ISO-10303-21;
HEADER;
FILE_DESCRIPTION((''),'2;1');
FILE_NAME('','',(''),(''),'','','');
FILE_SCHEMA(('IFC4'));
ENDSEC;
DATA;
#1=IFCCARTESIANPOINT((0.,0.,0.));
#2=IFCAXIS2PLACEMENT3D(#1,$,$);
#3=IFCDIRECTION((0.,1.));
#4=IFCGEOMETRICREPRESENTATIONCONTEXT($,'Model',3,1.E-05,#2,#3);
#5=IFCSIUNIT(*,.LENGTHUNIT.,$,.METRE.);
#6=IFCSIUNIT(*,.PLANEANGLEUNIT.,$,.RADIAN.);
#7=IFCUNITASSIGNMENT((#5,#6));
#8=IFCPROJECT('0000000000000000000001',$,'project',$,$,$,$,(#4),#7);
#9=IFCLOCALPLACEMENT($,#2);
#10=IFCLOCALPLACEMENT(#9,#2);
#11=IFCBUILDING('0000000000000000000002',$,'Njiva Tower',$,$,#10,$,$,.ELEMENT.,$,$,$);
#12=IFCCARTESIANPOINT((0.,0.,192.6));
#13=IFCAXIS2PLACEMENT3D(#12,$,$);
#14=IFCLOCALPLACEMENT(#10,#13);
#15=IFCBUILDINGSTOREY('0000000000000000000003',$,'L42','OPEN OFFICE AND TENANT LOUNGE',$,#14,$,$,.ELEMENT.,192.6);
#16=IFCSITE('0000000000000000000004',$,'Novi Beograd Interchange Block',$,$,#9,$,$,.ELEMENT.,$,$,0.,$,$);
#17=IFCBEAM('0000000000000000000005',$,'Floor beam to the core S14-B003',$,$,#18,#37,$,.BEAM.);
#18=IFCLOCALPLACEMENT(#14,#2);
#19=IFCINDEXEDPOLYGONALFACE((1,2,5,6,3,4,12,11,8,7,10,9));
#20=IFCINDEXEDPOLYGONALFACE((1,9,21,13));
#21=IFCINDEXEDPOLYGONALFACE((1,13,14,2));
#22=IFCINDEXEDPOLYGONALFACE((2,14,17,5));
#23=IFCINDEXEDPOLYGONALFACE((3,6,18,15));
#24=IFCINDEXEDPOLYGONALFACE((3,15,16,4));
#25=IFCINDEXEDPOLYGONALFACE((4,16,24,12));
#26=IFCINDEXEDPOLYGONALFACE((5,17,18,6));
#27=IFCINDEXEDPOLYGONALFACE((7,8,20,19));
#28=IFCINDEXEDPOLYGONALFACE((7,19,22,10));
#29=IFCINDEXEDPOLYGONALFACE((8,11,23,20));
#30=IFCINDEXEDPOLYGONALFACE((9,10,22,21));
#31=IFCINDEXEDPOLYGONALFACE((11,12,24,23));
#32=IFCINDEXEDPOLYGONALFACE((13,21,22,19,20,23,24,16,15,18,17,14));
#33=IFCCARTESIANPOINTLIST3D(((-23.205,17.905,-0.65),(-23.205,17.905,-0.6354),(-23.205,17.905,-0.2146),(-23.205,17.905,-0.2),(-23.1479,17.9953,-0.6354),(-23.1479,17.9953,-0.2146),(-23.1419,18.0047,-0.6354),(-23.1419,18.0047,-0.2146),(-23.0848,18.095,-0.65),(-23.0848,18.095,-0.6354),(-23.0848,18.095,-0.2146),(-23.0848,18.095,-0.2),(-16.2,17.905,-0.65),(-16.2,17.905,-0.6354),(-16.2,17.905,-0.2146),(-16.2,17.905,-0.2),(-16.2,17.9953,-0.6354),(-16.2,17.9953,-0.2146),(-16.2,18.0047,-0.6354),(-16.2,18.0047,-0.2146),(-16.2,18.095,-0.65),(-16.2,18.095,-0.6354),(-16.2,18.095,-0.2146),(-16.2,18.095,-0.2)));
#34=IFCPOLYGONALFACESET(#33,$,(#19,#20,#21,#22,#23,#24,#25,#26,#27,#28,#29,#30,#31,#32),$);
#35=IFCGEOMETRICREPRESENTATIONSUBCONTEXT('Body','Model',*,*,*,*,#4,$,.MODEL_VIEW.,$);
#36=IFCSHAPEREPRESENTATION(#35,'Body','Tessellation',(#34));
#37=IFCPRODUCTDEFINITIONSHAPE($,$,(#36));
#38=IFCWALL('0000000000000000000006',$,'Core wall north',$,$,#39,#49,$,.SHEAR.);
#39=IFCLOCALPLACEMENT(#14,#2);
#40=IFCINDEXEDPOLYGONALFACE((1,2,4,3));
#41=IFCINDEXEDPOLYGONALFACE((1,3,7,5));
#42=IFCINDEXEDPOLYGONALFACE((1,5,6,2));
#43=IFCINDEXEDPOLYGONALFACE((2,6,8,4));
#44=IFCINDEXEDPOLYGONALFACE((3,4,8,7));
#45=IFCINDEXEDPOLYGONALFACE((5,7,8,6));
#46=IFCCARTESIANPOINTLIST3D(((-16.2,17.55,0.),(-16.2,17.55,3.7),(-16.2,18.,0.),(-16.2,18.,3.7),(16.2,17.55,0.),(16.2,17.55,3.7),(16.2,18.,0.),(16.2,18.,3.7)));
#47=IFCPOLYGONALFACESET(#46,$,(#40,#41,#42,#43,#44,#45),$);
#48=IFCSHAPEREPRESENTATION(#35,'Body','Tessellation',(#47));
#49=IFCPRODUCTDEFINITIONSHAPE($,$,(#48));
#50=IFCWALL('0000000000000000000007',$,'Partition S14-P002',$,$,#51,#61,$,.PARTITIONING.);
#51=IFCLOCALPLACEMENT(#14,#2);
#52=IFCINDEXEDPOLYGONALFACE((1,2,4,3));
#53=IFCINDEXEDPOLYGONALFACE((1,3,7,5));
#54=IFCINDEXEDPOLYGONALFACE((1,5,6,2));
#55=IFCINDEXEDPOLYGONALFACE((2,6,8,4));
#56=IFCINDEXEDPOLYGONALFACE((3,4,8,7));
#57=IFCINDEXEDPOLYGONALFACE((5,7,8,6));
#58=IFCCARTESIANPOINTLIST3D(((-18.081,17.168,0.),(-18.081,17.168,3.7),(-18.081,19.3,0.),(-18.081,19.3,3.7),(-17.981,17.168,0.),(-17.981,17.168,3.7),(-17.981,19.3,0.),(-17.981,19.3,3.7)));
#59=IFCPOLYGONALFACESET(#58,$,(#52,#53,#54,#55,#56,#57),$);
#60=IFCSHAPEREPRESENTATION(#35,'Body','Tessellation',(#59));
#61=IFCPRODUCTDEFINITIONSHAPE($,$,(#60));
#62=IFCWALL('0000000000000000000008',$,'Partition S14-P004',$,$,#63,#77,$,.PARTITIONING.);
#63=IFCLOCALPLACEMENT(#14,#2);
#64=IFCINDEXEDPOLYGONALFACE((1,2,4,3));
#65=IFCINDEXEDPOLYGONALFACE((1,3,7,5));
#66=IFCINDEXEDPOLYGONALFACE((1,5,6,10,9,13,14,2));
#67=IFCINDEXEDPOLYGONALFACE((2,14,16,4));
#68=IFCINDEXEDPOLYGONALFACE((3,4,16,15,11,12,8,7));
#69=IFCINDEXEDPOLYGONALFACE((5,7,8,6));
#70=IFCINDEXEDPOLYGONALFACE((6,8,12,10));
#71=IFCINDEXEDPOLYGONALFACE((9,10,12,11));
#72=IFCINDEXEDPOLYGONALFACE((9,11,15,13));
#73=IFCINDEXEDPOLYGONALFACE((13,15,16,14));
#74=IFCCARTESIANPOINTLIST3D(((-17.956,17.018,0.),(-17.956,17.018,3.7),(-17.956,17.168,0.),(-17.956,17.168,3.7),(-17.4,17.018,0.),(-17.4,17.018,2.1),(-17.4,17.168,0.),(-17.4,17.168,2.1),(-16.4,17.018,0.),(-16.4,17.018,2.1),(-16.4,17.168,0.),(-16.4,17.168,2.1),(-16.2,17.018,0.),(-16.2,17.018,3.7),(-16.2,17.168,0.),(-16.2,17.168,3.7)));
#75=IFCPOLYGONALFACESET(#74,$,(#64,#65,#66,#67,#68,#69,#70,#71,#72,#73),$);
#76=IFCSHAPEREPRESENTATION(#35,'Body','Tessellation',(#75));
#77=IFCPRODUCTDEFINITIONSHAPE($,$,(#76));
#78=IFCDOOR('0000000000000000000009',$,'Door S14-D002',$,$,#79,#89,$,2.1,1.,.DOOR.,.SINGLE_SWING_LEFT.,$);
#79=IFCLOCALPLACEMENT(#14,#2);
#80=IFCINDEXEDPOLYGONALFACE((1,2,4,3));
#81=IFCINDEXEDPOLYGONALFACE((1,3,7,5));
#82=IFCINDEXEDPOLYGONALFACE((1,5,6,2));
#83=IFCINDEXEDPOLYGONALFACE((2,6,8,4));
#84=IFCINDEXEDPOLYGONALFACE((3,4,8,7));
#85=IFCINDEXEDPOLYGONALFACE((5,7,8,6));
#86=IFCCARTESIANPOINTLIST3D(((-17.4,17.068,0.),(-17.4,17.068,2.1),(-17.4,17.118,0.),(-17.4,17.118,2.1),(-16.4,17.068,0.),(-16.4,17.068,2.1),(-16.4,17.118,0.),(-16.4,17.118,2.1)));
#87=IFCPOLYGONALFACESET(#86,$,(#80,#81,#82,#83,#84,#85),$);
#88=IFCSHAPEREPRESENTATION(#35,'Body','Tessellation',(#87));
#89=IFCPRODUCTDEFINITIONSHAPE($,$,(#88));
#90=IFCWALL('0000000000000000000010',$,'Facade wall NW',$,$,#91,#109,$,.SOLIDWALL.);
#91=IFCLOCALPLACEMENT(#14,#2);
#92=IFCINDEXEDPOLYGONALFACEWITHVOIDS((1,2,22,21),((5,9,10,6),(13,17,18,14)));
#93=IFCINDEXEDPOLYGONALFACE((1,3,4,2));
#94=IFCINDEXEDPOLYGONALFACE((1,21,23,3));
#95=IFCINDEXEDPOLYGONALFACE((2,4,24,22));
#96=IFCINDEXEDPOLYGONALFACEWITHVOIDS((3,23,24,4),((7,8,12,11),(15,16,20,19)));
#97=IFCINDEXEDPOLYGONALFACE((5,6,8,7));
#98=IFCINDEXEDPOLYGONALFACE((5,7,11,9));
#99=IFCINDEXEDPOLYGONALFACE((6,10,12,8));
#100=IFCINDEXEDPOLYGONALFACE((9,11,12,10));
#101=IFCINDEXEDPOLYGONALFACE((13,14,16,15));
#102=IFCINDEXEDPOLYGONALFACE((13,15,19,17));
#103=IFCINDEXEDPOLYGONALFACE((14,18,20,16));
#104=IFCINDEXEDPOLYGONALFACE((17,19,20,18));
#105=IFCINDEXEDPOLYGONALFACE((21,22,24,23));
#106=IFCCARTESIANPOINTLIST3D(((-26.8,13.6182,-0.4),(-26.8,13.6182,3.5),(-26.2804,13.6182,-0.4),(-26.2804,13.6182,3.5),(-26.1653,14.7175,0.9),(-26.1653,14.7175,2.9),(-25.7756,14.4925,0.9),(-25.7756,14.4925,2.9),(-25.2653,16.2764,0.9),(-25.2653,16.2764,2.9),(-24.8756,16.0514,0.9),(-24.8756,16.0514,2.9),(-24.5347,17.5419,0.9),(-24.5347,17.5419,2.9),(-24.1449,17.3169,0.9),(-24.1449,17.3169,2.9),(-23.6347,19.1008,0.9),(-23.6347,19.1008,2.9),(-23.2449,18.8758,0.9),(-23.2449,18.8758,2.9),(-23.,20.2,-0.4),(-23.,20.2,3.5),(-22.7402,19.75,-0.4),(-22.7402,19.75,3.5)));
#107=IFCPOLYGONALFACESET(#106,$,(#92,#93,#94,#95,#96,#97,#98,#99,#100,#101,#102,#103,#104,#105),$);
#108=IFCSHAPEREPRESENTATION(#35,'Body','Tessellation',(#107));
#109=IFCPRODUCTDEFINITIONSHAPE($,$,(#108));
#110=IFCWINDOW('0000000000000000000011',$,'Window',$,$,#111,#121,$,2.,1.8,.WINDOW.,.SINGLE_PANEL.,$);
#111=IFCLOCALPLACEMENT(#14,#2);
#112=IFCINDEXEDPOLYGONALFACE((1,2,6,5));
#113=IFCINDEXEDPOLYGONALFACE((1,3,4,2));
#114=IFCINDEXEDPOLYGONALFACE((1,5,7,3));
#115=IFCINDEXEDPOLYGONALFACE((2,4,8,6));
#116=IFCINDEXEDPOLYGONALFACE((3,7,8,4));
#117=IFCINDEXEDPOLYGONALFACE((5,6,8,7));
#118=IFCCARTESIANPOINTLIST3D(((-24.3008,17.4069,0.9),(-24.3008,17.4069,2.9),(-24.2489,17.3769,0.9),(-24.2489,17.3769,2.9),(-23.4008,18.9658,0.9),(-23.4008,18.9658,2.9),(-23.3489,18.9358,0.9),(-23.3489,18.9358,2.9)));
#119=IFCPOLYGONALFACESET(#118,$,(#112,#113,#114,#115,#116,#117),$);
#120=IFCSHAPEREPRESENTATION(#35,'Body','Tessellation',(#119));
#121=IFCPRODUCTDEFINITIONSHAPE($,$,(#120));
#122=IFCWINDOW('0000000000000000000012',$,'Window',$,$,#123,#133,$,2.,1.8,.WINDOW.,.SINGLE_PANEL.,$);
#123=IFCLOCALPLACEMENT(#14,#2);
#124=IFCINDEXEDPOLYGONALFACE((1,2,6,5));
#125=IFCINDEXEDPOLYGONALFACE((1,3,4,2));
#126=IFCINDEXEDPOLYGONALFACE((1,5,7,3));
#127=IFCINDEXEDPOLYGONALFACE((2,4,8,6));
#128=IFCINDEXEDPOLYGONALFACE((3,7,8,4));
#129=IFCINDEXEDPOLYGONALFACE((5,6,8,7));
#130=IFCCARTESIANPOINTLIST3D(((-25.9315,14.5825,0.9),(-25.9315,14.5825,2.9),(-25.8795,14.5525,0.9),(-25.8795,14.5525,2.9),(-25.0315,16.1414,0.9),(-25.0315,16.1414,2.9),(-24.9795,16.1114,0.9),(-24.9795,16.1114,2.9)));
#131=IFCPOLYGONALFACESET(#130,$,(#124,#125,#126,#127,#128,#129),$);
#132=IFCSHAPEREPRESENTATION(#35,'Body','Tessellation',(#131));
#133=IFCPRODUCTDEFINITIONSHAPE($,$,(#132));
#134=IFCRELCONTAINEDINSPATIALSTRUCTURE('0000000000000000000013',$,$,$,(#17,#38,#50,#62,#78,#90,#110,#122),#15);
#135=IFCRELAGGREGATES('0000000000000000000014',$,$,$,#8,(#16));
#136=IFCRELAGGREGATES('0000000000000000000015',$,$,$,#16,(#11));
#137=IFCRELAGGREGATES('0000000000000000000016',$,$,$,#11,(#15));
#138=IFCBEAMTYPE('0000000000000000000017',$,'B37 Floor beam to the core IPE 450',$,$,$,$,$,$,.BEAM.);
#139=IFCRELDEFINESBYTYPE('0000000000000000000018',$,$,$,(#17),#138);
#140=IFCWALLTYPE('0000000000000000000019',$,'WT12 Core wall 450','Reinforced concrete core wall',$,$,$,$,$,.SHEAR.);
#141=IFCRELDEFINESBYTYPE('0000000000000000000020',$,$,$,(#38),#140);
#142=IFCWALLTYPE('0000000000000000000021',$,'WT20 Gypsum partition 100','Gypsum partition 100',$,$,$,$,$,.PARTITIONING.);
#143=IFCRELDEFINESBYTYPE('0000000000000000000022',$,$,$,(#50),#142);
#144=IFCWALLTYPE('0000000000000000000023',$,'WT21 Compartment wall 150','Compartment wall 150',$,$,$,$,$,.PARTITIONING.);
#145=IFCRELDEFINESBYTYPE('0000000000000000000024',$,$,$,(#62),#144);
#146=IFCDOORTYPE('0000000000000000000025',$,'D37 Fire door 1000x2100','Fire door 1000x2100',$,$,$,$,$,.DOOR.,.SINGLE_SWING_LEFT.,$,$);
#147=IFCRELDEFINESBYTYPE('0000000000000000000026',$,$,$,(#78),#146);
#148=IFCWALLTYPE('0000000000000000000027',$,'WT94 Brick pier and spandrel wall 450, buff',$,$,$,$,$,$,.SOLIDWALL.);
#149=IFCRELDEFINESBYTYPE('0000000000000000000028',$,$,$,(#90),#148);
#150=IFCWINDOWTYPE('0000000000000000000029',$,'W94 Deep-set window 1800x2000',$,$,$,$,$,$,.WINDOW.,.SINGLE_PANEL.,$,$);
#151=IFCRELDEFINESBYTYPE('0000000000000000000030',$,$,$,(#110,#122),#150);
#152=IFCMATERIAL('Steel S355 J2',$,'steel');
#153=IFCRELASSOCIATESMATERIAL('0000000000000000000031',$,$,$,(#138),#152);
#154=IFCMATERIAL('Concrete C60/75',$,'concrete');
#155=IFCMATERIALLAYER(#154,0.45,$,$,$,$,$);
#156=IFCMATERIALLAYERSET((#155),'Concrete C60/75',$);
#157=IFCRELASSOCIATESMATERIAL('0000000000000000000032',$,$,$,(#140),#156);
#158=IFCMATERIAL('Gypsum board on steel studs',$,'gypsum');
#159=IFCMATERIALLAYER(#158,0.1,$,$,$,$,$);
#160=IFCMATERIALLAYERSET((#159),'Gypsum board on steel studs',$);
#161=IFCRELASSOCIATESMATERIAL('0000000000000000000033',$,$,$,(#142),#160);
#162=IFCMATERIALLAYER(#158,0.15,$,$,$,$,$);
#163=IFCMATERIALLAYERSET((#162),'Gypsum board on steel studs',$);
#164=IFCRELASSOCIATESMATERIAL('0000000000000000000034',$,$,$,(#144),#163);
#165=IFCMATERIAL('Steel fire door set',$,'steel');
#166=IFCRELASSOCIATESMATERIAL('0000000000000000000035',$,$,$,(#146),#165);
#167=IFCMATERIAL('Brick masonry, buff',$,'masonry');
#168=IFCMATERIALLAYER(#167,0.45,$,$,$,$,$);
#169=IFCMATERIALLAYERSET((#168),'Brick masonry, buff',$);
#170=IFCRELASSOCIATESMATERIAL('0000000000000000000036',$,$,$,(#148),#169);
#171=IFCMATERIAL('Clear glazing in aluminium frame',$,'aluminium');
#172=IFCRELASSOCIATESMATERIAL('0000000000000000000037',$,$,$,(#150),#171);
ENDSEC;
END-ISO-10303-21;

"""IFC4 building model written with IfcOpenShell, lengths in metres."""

from ifc_helpers import new_model, si_unit, direction, frame, frame_2d, origin, origin_2d, place, context, subcontext, project, spatial, polyline, rectangle, i_section, outline, extrude, clip, halfspace, material, layer, layer_set, material_profile, profile_set, type_object, element, fill, save


model = new_model("IFC4")

# Units and contexts
model_context = context("Model", 3, precision=1e-05, world=origin(), true_north=direction((0.0, 1.0)))
body_context = subcontext(model_context, "Body", "Model", "MODEL_VIEW")
ifc_project = project(units=[si_unit("LENGTHUNIT", "METRE"), si_unit("PLANEANGLEUNIT", "RADIAN")], contexts=[model_context])

# Site, building, storey
site_placement = place(None, origin())
site = spatial("IfcSite", under=ifc_project, at=site_placement, Name="Novi Beograd Interchange Block", CompositionType="ELEMENT", RefElevation=0.0)
building_placement = place(site_placement, origin())
building = spatial("IfcBuilding", under=site, at=building_placement, Name="Njiva Tower", CompositionType="ELEMENT")
storey_placement = place(building_placement, frame((0.0, 0.0, 192.6)))
storey = spatial("IfcBuildingStorey", under=building, at=storey_placement, Name="L42", Description="OPEN OFFICE AND TENANT LOUNGE", CompositionType="ELEMENT", Elevation=192.6)

# Shared definitions
ifc_material_1 = material(Name="Steel S355 J2", Category="steel")

# Beam
ifc_material_profile_1 = material_profile(ifc_material_1, i_section(OverallWidth=0.19, OverallDepth=0.45, WebThickness=0.0094, FlangeThickness=0.0146, at=origin_2d()), Name="IPE 450")
ifc_profile_set_1 = profile_set([ifc_material_profile_1], Name="Steel S355 J2")
beam_type_1 = type_object("IfcBeamType", Name="B37 Floor beam to the core IPE 450", PredefinedType="BEAM", material=ifc_profile_set_1)
beam_1_placement = place(storey_placement, frame((-23.225, 18.0, -0.425), z_axis=(1.0, 0.0, 0.0), x_axis=(0.0, 1.0, 0.0)))
element("IfcBeam", 1, at=beam_1_placement, inside=storey, type_object=beam_type_1, Name="Floor beam to the core S14-B003", PredefinedType="BEAM", context=body_context, shape_type="Clipping", body=[
    clip(extrude(i_section(OverallWidth=0.19, OverallDepth=0.45, WebThickness=0.0094, FlangeThickness=0.0146, at=origin_2d()), origin(), (0.0, 0.0, 1.0), 7.025), halfspace(frame((0.0267, 0.0, 0.097), z_axis=(0.534902, 0.0, -0.844914), x_axis=(0.0, -1.0, 0.0)), False)),
])

# Walls
ifc_material_2 = material(Name="Concrete C60/75", Category="concrete")
ifc_layer_1 = layer(ifc_material_2, 0.45)
ifc_layer_set_1 = layer_set([ifc_layer_1], Name="Concrete C60/75")
wall_type_1 = type_object("IfcWallType", Name="WT12 Core wall 450", Description="Reinforced concrete core wall", PredefinedType="SHEAR", material=ifc_layer_set_1)
wall_1_placement = place(storey_placement, frame((-16.2, 17.775, 0.0), z_axis=(0.0, 0.0, 1.0), x_axis=(1.0, 0.0, 0.0)))
element("IfcWall", 2, at=wall_1_placement, inside=storey, type_object=wall_type_1, Name="Core wall north", PredefinedType="SHEAR", context=body_context, shape_type="SweptSolid", body=[
    extrude(rectangle(XDim=32.4, YDim=0.45, at=frame_2d((16.2, 0.0))), origin(), (0.0, 0.0, 1.0), 3.7),
])
ifc_material_3 = material(Name="Gypsum board on steel studs", Category="gypsum")
ifc_layer_2 = layer(ifc_material_3, 0.1)
ifc_layer_set_2 = layer_set([ifc_layer_2], Name="Gypsum board on steel studs")
wall_type_2 = type_object("IfcWallType", Name="WT20 Gypsum partition 100", Description="Gypsum partition 100", PredefinedType="PARTITIONING", material=ifc_layer_set_2)
wall_2_placement = place(storey_placement, frame((-18.031, 17.168, 0.0), z_axis=(0.0, 0.0, 1.0), x_axis=(0.0, 1.0, 0.0)))
element("IfcWall", 3, at=wall_2_placement, inside=storey, type_object=wall_type_2, Name="Partition S14-P002", PredefinedType="PARTITIONING", context=body_context, shape_type="SweptSolid", body=[
    extrude(rectangle(XDim=2.132, YDim=0.1, at=frame_2d((1.066, 0.0))), origin(), (0.0, 0.0, 1.0), 3.7),
])

# Wall, opening, door
ifc_layer_3 = layer(ifc_material_3, 0.15)
ifc_layer_set_3 = layer_set([ifc_layer_3], Name="Gypsum board on steel studs")
wall_type_3 = type_object("IfcWallType", Name="WT21 Compartment wall 150", Description="Compartment wall 150", PredefinedType="PARTITIONING", material=ifc_layer_set_3)
wall_3_placement = place(storey_placement, frame((-17.956, 17.093, 0.0), z_axis=(0.0, 0.0, 1.0), x_axis=(1.0, 0.0, 0.0)))
wall_3 = element("IfcWall", 4, at=wall_3_placement, inside=storey, type_object=wall_type_3, Name="Partition S14-P004", PredefinedType="PARTITIONING", context=body_context, shape_type="SweptSolid", body=[
    extrude(rectangle(XDim=1.756, YDim=0.15, at=frame_2d((0.878, 0.0))), origin(), (0.0, 0.0, 1.0), 3.7),
])
opening_1_placement = place(wall_3_placement, frame((0.556, 0.0, 0.0)))
opening_1 = element("IfcOpeningElement", 5, at=opening_1_placement, cuts=wall_3, PredefinedType="OPENING", context=body_context, shape_type="SweptSolid", body=[
    extrude(rectangle(XDim=1.0, YDim=2.1, at=frame_2d((0.5, 1.05))), frame((0.0, 0.085, 0.0), z_axis=(0.0, -1.0, 0.0), x_axis=(1.0, 0.0, 0.0)), (0.0, 0.0, 1.0), 0.17),
])
ifc_material_4 = material(Name="Steel fire door set", Category="steel")
door_type = type_object("IfcDoorType", Name="D37 Fire door 1000x2100", Description="Fire door 1000x2100", OperationType="SINGLE_SWING_LEFT", PredefinedType="DOOR", material=ifc_material_4)
door_placement = place(opening_1_placement, origin())
door = element("IfcDoor", 6, at=door_placement, inside=storey, type_object=door_type, Name="Door S14-D002", OperationType="SINGLE_SWING_LEFT", OverallHeight=2.1, OverallWidth=1.0, PredefinedType="DOOR", context=body_context, shape_type="SweptSolid", body=[
    extrude(rectangle(XDim=1.0, YDim=2.1, at=frame_2d((0.5, 1.05))), frame((0.0, 0.025, 0.0), z_axis=(0.0, -1.0, 0.0), x_axis=(1.0, 0.0, 0.0)), (0.0, 0.0, 1.0), 0.05),
])
fill(opening_1, door)

# Wall, openings, windows
ifc_material_5 = material(Name="Clear glazing in aluminium frame", Category="aluminium")
ifc_material_6 = material(Name="Brick masonry, buff", Category="masonry")
ifc_layer_4 = layer(ifc_material_6, 0.45)
ifc_layer_set_4 = layer_set([ifc_layer_4], Name="Brick masonry, buff")
wall_type_4 = type_object("IfcWallType", Name="WT94 Brick pier and spandrel wall 450, buff", PredefinedType="SOLIDWALL", material=ifc_layer_set_4)
wall_4_placement = place(storey_placement, frame((-22.8701, 19.975, -0.4), z_axis=(0.0, 0.0, 1.0), x_axis=(-0.5, -0.866025, 0.0)))
wall_4 = element("IfcWall", 7, at=wall_4_placement, inside=storey, type_object=wall_type_4, Name="Facade wall NW", PredefinedType="SOLIDWALL", context=body_context, shape_type="SweptSolid", body=[
    extrude(outline(polyline([(-0.1299, -0.225), (7.4701, -0.225), (7.2103, 0.225), (0.1299, 0.225), (-0.1299, -0.225)])), origin(), (0.0, 0.0, 1.0), 3.9),
])
opening_2_placement = place(wall_4_placement, frame((1.1394, 0.0, 1.3)))
opening_2 = element("IfcOpeningElement", 8, at=opening_2_placement, cuts=wall_4, PredefinedType="OPENING", context=body_context, shape_type="SweptSolid", body=[
    extrude(rectangle(XDim=1.8, YDim=2.0, at=frame_2d((0.9, 1.0))), frame((0.0, 0.235, 0.0), z_axis=(0.0, -1.0, 0.0), x_axis=(1.0, 0.0, 0.0)), (0.0, 0.0, 1.0), 0.47),
])
opening_3_placement = place(wall_4_placement, frame((4.4007, 0.0, 1.3)))
opening_3 = element("IfcOpeningElement", 9, at=opening_3_placement, cuts=wall_4, PredefinedType="OPENING", context=body_context, shape_type="SweptSolid", body=[
    extrude(rectangle(XDim=1.8, YDim=2.0, at=frame_2d((0.9, 1.0))), frame((0.0, 0.235, 0.0), z_axis=(0.0, -1.0, 0.0), x_axis=(1.0, 0.0, 0.0)), (0.0, 0.0, 1.0), 0.47),
])
window_type_1 = type_object("IfcWindowType", Name="W94 Deep-set window 1800x2000", PartitioningType="SINGLE_PANEL", PredefinedType="WINDOW", material=ifc_material_5)
window_1_placement = place(opening_2_placement, origin())
window_1 = element("IfcWindow", 10, at=window_1_placement, inside=storey, type_object=window_type_1, Name="Window", OverallHeight=2.0, OverallWidth=1.8, PartitioningType="SINGLE_PANEL", PredefinedType="WINDOW", context=body_context, shape_type="SweptSolid", body=[
    extrude(rectangle(XDim=1.8, YDim=2.0, at=frame_2d((0.9, 1.0))), frame((0.0, 0.105, 0.0), z_axis=(0.0, -1.0, 0.0), x_axis=(1.0, 0.0, 0.0)), (0.0, 0.0, 1.0), 0.06),
])
fill(opening_2, window_1)
window_2_placement = place(opening_3_placement, origin())
window_2 = element("IfcWindow", 11, at=window_2_placement, inside=storey, type_object=window_type_1, Name="Window", OverallHeight=2.0, OverallWidth=1.8, PartitioningType="SINGLE_PANEL", PredefinedType="WINDOW", context=body_context, shape_type="SweptSolid", body=[
    extrude(rectangle(XDim=1.8, YDim=2.0, at=frame_2d((0.9, 1.0))), frame((0.0, 0.105, 0.0), z_axis=(0.0, -1.0, 0.0), x_axis=(1.0, 0.0, 0.0)), (0.0, 0.0, 1.0), 0.06),
])
fill(opening_3, window_2)

save(model, "model.ifc")
